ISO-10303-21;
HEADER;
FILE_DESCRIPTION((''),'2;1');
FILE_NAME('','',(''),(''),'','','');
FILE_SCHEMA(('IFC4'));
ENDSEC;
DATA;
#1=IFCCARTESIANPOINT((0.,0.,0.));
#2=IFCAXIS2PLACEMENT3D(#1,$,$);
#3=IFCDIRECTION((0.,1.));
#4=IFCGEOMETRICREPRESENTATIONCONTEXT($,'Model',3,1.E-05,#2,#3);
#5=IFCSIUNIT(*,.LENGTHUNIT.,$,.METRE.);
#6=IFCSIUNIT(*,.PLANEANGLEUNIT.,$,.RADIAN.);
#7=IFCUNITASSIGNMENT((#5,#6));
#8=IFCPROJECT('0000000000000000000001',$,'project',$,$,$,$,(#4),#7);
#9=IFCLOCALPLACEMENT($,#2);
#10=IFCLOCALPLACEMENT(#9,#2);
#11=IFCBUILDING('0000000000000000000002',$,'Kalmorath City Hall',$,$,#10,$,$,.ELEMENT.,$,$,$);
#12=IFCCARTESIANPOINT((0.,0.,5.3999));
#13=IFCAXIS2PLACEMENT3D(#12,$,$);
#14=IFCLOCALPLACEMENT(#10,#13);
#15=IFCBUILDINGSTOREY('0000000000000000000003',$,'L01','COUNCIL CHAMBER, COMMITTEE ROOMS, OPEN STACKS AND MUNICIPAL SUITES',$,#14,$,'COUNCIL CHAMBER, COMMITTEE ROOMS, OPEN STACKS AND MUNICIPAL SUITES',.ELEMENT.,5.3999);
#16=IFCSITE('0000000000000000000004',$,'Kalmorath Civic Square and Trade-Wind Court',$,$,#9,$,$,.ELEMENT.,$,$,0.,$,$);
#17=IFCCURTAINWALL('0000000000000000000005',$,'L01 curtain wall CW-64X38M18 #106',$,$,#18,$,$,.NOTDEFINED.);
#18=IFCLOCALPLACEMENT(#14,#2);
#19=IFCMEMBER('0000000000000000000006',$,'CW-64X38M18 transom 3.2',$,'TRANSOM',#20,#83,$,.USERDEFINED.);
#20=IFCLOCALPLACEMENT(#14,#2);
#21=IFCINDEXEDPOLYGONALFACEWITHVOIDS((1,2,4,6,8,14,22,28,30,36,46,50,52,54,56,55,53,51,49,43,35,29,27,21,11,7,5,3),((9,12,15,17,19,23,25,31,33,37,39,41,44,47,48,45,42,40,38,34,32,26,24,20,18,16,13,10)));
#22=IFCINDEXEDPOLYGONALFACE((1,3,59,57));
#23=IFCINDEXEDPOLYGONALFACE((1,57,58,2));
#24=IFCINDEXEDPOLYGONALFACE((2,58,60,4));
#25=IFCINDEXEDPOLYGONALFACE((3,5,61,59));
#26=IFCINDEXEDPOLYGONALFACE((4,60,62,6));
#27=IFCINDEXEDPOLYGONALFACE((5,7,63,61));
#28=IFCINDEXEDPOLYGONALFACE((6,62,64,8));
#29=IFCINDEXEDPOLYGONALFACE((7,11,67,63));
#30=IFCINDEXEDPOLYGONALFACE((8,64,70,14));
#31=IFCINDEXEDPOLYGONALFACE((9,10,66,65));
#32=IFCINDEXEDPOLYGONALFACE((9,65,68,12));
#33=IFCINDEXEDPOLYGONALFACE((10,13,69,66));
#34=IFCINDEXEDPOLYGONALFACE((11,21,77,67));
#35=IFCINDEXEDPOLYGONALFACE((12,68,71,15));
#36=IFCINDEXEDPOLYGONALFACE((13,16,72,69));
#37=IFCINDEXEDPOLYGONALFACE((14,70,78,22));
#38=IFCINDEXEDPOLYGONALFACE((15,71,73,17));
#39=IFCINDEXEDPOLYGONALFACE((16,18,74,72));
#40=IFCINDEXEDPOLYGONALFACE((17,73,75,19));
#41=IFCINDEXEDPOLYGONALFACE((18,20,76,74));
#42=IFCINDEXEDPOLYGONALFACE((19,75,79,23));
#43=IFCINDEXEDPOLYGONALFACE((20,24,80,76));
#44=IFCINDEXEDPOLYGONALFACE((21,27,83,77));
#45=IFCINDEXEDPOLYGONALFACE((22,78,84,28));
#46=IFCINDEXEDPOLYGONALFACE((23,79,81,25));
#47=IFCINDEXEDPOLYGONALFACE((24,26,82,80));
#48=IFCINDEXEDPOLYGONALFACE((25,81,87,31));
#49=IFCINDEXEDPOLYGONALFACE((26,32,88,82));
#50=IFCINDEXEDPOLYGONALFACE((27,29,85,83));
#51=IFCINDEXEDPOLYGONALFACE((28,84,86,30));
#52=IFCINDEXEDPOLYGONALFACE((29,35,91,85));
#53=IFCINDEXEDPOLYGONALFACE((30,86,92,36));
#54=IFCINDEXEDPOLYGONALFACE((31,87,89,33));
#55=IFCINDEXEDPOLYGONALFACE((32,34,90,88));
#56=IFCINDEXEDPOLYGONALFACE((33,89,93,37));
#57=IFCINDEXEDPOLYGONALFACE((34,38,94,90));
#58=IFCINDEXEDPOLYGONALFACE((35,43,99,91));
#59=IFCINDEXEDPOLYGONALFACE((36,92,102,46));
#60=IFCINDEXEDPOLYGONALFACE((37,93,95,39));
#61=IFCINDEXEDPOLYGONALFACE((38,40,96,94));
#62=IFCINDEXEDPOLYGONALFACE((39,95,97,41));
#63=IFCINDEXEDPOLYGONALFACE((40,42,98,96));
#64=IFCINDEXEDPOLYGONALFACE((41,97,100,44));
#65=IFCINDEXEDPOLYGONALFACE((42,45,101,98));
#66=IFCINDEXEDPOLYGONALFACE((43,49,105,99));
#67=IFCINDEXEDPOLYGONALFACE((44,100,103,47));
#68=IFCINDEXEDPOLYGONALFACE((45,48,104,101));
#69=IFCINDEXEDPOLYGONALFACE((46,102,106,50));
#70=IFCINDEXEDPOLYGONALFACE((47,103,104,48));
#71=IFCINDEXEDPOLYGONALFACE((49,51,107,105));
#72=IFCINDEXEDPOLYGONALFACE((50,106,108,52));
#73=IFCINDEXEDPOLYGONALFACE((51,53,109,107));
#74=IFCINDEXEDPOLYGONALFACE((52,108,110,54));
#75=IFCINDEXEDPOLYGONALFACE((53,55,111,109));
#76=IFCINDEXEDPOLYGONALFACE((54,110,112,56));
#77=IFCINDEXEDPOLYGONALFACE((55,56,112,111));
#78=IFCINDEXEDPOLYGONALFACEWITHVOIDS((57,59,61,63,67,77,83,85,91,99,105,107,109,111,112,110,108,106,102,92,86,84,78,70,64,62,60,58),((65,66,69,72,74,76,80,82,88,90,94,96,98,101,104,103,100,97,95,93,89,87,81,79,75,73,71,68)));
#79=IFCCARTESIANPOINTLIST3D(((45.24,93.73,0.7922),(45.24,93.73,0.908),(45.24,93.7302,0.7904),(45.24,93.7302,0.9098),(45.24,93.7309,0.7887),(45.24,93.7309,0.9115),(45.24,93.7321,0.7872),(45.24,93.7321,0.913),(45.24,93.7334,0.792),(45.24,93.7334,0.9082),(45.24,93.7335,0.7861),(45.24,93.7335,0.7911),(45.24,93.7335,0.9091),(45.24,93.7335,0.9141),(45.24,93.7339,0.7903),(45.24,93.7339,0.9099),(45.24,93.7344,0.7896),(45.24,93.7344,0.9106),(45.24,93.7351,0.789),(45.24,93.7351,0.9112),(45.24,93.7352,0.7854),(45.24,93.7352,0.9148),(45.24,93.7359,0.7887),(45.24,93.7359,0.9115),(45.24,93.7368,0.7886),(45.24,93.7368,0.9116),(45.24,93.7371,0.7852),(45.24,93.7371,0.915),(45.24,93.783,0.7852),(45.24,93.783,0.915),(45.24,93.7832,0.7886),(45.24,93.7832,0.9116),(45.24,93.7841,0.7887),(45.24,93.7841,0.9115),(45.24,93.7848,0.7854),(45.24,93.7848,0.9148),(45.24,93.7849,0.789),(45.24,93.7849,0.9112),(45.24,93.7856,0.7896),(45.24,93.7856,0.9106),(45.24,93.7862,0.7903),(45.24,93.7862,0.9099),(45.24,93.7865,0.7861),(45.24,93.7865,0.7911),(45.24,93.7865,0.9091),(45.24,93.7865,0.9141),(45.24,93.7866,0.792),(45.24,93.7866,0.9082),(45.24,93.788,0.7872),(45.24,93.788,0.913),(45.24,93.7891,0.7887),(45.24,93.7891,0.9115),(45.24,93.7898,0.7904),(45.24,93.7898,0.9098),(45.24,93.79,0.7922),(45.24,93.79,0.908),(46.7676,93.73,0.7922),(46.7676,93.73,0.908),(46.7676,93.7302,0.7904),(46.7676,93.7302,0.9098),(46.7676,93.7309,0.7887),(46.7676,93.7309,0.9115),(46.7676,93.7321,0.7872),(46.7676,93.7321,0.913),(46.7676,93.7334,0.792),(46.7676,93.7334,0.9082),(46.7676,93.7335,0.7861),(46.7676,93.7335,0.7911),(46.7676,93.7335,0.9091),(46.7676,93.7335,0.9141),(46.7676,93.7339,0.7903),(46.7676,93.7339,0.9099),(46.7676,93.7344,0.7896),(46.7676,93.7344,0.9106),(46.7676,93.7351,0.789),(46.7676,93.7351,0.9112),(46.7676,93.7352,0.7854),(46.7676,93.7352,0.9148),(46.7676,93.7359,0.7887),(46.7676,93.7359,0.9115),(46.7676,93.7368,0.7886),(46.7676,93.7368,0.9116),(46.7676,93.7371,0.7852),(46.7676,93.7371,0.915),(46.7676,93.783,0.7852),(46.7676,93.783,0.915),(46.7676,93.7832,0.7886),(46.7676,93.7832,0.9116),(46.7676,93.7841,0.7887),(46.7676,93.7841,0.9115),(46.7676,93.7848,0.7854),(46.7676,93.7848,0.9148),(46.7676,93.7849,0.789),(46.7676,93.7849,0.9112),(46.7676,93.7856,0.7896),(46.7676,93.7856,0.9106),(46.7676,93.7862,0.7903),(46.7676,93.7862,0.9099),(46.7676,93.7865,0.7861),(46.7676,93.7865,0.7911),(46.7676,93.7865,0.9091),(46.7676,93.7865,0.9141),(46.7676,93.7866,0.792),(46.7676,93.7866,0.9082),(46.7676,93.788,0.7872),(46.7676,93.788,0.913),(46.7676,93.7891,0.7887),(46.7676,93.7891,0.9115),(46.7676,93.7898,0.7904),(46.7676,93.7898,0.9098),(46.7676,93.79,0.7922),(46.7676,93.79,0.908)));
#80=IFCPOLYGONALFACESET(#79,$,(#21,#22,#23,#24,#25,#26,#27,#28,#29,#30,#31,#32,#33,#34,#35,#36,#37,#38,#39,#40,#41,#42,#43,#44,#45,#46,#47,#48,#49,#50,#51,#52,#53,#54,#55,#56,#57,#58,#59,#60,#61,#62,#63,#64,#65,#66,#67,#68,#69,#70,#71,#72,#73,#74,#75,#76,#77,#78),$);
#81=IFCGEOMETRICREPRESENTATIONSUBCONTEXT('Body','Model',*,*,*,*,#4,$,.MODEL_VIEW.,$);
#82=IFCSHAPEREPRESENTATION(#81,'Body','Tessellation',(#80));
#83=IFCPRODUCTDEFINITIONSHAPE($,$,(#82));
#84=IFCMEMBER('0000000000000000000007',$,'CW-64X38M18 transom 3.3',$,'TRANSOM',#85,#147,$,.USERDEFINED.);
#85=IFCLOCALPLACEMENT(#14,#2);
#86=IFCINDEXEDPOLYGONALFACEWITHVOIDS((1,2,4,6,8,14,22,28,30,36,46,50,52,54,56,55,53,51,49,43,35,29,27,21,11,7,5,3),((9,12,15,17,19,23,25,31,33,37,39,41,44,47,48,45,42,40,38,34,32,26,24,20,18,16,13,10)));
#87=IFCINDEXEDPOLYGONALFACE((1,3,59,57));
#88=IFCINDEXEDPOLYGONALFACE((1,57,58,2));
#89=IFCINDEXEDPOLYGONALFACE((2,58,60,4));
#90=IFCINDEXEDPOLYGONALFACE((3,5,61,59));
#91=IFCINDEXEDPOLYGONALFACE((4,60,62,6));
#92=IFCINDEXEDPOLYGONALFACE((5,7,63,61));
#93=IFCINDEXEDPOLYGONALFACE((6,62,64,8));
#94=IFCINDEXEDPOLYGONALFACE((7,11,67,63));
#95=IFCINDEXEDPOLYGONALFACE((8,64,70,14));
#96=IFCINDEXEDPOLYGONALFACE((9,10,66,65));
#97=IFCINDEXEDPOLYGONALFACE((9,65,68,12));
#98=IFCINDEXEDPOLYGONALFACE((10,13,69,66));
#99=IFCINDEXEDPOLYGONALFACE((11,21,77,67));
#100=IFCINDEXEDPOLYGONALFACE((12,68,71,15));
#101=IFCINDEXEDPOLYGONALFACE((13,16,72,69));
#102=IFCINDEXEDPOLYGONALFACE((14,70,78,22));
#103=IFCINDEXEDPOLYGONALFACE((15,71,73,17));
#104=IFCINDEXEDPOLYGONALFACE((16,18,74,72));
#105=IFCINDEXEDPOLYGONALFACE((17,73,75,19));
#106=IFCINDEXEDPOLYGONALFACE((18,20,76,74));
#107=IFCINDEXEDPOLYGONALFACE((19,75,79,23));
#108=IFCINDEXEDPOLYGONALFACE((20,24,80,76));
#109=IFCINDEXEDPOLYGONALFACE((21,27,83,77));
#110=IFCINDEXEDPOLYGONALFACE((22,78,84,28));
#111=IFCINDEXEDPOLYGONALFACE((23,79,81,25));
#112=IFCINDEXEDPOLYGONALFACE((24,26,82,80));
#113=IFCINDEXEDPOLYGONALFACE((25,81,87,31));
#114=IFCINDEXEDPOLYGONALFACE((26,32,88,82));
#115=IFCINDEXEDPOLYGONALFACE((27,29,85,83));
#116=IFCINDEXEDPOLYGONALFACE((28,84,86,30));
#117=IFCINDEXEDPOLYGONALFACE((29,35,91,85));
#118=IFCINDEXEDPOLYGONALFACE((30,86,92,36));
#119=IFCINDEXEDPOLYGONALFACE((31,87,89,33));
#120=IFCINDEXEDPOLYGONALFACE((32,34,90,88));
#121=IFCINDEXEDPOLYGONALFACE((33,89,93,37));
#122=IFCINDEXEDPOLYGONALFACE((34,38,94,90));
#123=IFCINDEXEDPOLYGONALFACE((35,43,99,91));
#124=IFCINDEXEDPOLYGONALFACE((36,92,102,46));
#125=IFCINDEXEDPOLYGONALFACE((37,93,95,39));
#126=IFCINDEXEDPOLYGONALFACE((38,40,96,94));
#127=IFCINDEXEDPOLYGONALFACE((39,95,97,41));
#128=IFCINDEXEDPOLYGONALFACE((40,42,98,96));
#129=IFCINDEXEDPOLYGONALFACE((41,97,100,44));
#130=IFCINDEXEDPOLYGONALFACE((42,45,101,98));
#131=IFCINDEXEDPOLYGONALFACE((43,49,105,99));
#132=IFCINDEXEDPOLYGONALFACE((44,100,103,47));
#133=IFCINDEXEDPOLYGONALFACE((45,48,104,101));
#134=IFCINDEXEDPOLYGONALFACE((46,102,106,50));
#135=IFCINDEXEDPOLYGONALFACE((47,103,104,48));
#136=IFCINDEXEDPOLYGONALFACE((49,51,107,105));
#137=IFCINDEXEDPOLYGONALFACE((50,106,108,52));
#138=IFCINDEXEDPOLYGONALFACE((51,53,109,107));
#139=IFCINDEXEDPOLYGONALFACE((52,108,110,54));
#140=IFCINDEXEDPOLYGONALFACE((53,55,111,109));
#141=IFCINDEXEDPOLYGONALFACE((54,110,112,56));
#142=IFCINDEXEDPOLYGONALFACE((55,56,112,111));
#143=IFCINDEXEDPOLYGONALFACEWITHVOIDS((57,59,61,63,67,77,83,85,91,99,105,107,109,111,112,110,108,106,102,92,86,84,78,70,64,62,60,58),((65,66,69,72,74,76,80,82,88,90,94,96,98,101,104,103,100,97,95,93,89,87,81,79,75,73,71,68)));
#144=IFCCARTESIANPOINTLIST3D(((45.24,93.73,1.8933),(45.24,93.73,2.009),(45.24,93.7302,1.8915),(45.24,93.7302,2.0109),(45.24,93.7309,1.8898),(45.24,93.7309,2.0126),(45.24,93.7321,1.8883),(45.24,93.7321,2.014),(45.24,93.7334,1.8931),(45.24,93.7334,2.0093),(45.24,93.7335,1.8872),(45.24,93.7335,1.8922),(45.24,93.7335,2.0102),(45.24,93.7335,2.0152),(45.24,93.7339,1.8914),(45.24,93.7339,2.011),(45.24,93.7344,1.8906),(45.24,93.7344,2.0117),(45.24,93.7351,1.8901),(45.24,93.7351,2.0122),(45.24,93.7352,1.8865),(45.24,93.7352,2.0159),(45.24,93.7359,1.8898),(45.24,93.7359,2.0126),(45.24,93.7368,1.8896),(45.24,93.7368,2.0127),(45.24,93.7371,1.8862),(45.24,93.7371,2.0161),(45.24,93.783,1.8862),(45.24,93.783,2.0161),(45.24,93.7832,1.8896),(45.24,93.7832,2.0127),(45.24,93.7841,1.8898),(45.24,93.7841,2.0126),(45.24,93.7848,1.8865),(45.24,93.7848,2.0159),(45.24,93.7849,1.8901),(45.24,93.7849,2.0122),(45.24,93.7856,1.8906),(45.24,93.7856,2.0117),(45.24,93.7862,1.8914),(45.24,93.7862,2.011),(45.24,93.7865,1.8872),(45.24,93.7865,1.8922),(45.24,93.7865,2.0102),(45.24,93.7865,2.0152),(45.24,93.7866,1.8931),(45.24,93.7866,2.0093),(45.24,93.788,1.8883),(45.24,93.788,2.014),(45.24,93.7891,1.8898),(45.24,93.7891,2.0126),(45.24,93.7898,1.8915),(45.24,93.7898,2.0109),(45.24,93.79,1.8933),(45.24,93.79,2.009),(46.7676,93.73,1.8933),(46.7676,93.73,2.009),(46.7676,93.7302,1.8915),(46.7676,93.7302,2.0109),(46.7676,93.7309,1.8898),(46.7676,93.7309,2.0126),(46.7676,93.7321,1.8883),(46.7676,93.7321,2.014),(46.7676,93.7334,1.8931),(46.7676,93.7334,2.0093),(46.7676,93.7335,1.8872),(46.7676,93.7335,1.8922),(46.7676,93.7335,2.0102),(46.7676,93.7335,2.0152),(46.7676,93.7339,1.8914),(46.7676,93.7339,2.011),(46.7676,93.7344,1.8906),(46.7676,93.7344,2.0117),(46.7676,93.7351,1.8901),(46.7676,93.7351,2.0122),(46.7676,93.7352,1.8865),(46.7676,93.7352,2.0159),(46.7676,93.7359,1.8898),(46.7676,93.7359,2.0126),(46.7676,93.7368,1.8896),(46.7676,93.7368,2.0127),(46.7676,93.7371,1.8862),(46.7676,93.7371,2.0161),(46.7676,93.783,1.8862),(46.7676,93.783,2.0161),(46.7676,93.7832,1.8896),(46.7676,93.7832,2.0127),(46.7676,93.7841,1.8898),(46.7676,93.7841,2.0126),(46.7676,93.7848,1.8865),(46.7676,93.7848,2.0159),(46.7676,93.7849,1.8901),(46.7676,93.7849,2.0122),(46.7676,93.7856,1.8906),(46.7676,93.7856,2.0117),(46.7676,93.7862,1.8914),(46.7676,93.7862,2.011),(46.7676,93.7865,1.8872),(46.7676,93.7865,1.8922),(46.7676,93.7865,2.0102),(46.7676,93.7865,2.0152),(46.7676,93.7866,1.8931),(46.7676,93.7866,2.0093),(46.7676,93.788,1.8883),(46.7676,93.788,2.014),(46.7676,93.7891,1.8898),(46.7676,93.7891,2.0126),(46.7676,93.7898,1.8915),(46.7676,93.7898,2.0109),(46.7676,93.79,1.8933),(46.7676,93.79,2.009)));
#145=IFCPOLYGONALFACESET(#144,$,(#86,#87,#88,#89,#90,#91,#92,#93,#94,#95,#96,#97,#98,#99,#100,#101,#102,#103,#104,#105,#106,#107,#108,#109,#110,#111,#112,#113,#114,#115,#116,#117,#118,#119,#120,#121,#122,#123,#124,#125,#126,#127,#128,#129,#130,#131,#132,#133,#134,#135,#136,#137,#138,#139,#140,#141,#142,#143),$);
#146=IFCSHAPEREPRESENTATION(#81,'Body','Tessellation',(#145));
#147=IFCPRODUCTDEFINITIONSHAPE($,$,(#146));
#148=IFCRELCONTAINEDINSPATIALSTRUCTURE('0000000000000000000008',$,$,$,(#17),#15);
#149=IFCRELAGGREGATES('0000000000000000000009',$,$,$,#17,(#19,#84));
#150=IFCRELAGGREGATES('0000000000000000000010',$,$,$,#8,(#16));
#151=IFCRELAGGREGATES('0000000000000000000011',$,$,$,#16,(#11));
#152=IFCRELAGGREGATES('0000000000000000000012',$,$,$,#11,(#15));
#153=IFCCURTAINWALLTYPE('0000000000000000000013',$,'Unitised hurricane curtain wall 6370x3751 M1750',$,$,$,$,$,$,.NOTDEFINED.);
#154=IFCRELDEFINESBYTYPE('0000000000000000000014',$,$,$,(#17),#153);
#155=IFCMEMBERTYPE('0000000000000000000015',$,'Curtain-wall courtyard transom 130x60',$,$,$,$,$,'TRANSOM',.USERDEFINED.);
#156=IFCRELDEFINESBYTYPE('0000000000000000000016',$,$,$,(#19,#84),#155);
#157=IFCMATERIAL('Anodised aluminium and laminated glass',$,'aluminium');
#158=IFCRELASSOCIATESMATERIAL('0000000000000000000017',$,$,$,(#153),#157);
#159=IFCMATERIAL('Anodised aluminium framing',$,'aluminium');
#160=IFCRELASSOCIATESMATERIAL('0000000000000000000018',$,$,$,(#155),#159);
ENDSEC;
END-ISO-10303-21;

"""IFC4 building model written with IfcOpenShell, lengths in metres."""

from ifc_helpers import new_model, si_unit, direction, frame, origin, origin_2d, place, context, subcontext, project, spatial, hollow_rectangle, extrude, material, material_profile, profile_set, type_object, element, aggregate, save


model = new_model("IFC4")

# Units and contexts
model_context = context("Model", 3, precision=1e-05, world=origin(), true_north=direction((0.0, 1.0)))
body_context = subcontext(model_context, "Body", "Model", "MODEL_VIEW")
ifc_project = project(units=[si_unit("LENGTHUNIT", "METRE"), si_unit("PLANEANGLEUNIT", "RADIAN")], contexts=[model_context])

# Site, building, storey
site_placement = place(None, origin())
site = spatial("IfcSite", under=ifc_project, at=site_placement, Name="Kalmorath Civic Square and Trade-Wind Court", CompositionType="ELEMENT", RefElevation=0.0)
building_placement = place(site_placement, origin())
building = spatial("IfcBuilding", under=site, at=building_placement, Name="Kalmorath City Hall", CompositionType="ELEMENT")
storey_placement = place(building_placement, frame((0.0, 0.0, 5.3999)))
storey = spatial("IfcBuildingStorey", under=building, at=storey_placement, Name="L01", Description="COUNCIL CHAMBER, COMMITTEE ROOMS, OPEN STACKS AND MUNICIPAL SUITES", LongName="COUNCIL CHAMBER, COMMITTEE ROOMS, OPEN STACKS AND MUNICIPAL SUITES", CompositionType="ELEMENT", Elevation=5.3999)

# Curtain wall, members
ifc_material_1 = material(Name="Anodised aluminium and laminated glass", Category="aluminium")
curtain_wall_type = type_object("IfcCurtainWallType", Name="Unitised hurricane curtain wall 6370x3751 M1750", PredefinedType="NOTDEFINED", material=ifc_material_1)
curtain_wall_placement = place(storey_placement, origin())
curtain_wall = element("IfcCurtainWall", 1, at=curtain_wall_placement, inside=storey, type_object=curtain_wall_type, Name="L01 curtain wall CW-64X38M18 #106", PredefinedType="NOTDEFINED")
ifc_material_2 = material(Name="Anodised aluminium framing", Category="aluminium")
ifc_material_profile_1 = material_profile(ifc_material_2, hollow_rectangle(XDim=0.0601, YDim=0.1299, WallThickness=0.0034, InnerFilletRadius=0.0034, OuterFilletRadius=0.0071, at=origin_2d()), Name="ALU-TRN-130X60X3.5")
ifc_profile_set_1 = profile_set([ifc_material_profile_1], Name="Anodised aluminium framing")
member_type_1 = type_object("IfcMemberType", Name="Curtain-wall courtyard transom 130x60", ElementType="TRANSOM", PredefinedType="USERDEFINED", material=ifc_profile_set_1)
member_1_placement = place(storey_placement, frame((46.7676, 93.76, 0.8501), z_axis=(-1.0, 0.0, 0.0), x_axis=(0.0, -1.0, 0.0)))
member_1 = element("IfcMember", 2, at=member_1_placement, type_object=member_type_1, Name="CW-64X38M18 transom 3.2", ObjectType="TRANSOM", PredefinedType="USERDEFINED", context=body_context, shape_type="SweptSolid", body=[
    extrude(hollow_rectangle(XDim=0.0601, YDim=0.1299, WallThickness=0.0034, InnerFilletRadius=0.0034, OuterFilletRadius=0.0071, at=origin_2d()), origin(), (0.0, 0.0, 1.0), 1.5276),
])
member_2_placement = place(storey_placement, frame((46.7676, 93.76, 1.9512), z_axis=(-1.0, 0.0, 0.0), x_axis=(0.0, -1.0, 0.0)))
member_2 = element("IfcMember", 3, at=member_2_placement, type_object=member_type_1, Name="CW-64X38M18 transom 3.3", ObjectType="TRANSOM", PredefinedType="USERDEFINED", context=body_context, shape_type="SweptSolid", body=[
    extrude(hollow_rectangle(XDim=0.0601, YDim=0.1299, WallThickness=0.0034, InnerFilletRadius=0.0034, OuterFilletRadius=0.0071, at=origin_2d()), origin(), (0.0, 0.0, 1.0), 1.5276),
])
aggregate(curtain_wall, [member_1, member_2])

save(model, "model.ifc")
